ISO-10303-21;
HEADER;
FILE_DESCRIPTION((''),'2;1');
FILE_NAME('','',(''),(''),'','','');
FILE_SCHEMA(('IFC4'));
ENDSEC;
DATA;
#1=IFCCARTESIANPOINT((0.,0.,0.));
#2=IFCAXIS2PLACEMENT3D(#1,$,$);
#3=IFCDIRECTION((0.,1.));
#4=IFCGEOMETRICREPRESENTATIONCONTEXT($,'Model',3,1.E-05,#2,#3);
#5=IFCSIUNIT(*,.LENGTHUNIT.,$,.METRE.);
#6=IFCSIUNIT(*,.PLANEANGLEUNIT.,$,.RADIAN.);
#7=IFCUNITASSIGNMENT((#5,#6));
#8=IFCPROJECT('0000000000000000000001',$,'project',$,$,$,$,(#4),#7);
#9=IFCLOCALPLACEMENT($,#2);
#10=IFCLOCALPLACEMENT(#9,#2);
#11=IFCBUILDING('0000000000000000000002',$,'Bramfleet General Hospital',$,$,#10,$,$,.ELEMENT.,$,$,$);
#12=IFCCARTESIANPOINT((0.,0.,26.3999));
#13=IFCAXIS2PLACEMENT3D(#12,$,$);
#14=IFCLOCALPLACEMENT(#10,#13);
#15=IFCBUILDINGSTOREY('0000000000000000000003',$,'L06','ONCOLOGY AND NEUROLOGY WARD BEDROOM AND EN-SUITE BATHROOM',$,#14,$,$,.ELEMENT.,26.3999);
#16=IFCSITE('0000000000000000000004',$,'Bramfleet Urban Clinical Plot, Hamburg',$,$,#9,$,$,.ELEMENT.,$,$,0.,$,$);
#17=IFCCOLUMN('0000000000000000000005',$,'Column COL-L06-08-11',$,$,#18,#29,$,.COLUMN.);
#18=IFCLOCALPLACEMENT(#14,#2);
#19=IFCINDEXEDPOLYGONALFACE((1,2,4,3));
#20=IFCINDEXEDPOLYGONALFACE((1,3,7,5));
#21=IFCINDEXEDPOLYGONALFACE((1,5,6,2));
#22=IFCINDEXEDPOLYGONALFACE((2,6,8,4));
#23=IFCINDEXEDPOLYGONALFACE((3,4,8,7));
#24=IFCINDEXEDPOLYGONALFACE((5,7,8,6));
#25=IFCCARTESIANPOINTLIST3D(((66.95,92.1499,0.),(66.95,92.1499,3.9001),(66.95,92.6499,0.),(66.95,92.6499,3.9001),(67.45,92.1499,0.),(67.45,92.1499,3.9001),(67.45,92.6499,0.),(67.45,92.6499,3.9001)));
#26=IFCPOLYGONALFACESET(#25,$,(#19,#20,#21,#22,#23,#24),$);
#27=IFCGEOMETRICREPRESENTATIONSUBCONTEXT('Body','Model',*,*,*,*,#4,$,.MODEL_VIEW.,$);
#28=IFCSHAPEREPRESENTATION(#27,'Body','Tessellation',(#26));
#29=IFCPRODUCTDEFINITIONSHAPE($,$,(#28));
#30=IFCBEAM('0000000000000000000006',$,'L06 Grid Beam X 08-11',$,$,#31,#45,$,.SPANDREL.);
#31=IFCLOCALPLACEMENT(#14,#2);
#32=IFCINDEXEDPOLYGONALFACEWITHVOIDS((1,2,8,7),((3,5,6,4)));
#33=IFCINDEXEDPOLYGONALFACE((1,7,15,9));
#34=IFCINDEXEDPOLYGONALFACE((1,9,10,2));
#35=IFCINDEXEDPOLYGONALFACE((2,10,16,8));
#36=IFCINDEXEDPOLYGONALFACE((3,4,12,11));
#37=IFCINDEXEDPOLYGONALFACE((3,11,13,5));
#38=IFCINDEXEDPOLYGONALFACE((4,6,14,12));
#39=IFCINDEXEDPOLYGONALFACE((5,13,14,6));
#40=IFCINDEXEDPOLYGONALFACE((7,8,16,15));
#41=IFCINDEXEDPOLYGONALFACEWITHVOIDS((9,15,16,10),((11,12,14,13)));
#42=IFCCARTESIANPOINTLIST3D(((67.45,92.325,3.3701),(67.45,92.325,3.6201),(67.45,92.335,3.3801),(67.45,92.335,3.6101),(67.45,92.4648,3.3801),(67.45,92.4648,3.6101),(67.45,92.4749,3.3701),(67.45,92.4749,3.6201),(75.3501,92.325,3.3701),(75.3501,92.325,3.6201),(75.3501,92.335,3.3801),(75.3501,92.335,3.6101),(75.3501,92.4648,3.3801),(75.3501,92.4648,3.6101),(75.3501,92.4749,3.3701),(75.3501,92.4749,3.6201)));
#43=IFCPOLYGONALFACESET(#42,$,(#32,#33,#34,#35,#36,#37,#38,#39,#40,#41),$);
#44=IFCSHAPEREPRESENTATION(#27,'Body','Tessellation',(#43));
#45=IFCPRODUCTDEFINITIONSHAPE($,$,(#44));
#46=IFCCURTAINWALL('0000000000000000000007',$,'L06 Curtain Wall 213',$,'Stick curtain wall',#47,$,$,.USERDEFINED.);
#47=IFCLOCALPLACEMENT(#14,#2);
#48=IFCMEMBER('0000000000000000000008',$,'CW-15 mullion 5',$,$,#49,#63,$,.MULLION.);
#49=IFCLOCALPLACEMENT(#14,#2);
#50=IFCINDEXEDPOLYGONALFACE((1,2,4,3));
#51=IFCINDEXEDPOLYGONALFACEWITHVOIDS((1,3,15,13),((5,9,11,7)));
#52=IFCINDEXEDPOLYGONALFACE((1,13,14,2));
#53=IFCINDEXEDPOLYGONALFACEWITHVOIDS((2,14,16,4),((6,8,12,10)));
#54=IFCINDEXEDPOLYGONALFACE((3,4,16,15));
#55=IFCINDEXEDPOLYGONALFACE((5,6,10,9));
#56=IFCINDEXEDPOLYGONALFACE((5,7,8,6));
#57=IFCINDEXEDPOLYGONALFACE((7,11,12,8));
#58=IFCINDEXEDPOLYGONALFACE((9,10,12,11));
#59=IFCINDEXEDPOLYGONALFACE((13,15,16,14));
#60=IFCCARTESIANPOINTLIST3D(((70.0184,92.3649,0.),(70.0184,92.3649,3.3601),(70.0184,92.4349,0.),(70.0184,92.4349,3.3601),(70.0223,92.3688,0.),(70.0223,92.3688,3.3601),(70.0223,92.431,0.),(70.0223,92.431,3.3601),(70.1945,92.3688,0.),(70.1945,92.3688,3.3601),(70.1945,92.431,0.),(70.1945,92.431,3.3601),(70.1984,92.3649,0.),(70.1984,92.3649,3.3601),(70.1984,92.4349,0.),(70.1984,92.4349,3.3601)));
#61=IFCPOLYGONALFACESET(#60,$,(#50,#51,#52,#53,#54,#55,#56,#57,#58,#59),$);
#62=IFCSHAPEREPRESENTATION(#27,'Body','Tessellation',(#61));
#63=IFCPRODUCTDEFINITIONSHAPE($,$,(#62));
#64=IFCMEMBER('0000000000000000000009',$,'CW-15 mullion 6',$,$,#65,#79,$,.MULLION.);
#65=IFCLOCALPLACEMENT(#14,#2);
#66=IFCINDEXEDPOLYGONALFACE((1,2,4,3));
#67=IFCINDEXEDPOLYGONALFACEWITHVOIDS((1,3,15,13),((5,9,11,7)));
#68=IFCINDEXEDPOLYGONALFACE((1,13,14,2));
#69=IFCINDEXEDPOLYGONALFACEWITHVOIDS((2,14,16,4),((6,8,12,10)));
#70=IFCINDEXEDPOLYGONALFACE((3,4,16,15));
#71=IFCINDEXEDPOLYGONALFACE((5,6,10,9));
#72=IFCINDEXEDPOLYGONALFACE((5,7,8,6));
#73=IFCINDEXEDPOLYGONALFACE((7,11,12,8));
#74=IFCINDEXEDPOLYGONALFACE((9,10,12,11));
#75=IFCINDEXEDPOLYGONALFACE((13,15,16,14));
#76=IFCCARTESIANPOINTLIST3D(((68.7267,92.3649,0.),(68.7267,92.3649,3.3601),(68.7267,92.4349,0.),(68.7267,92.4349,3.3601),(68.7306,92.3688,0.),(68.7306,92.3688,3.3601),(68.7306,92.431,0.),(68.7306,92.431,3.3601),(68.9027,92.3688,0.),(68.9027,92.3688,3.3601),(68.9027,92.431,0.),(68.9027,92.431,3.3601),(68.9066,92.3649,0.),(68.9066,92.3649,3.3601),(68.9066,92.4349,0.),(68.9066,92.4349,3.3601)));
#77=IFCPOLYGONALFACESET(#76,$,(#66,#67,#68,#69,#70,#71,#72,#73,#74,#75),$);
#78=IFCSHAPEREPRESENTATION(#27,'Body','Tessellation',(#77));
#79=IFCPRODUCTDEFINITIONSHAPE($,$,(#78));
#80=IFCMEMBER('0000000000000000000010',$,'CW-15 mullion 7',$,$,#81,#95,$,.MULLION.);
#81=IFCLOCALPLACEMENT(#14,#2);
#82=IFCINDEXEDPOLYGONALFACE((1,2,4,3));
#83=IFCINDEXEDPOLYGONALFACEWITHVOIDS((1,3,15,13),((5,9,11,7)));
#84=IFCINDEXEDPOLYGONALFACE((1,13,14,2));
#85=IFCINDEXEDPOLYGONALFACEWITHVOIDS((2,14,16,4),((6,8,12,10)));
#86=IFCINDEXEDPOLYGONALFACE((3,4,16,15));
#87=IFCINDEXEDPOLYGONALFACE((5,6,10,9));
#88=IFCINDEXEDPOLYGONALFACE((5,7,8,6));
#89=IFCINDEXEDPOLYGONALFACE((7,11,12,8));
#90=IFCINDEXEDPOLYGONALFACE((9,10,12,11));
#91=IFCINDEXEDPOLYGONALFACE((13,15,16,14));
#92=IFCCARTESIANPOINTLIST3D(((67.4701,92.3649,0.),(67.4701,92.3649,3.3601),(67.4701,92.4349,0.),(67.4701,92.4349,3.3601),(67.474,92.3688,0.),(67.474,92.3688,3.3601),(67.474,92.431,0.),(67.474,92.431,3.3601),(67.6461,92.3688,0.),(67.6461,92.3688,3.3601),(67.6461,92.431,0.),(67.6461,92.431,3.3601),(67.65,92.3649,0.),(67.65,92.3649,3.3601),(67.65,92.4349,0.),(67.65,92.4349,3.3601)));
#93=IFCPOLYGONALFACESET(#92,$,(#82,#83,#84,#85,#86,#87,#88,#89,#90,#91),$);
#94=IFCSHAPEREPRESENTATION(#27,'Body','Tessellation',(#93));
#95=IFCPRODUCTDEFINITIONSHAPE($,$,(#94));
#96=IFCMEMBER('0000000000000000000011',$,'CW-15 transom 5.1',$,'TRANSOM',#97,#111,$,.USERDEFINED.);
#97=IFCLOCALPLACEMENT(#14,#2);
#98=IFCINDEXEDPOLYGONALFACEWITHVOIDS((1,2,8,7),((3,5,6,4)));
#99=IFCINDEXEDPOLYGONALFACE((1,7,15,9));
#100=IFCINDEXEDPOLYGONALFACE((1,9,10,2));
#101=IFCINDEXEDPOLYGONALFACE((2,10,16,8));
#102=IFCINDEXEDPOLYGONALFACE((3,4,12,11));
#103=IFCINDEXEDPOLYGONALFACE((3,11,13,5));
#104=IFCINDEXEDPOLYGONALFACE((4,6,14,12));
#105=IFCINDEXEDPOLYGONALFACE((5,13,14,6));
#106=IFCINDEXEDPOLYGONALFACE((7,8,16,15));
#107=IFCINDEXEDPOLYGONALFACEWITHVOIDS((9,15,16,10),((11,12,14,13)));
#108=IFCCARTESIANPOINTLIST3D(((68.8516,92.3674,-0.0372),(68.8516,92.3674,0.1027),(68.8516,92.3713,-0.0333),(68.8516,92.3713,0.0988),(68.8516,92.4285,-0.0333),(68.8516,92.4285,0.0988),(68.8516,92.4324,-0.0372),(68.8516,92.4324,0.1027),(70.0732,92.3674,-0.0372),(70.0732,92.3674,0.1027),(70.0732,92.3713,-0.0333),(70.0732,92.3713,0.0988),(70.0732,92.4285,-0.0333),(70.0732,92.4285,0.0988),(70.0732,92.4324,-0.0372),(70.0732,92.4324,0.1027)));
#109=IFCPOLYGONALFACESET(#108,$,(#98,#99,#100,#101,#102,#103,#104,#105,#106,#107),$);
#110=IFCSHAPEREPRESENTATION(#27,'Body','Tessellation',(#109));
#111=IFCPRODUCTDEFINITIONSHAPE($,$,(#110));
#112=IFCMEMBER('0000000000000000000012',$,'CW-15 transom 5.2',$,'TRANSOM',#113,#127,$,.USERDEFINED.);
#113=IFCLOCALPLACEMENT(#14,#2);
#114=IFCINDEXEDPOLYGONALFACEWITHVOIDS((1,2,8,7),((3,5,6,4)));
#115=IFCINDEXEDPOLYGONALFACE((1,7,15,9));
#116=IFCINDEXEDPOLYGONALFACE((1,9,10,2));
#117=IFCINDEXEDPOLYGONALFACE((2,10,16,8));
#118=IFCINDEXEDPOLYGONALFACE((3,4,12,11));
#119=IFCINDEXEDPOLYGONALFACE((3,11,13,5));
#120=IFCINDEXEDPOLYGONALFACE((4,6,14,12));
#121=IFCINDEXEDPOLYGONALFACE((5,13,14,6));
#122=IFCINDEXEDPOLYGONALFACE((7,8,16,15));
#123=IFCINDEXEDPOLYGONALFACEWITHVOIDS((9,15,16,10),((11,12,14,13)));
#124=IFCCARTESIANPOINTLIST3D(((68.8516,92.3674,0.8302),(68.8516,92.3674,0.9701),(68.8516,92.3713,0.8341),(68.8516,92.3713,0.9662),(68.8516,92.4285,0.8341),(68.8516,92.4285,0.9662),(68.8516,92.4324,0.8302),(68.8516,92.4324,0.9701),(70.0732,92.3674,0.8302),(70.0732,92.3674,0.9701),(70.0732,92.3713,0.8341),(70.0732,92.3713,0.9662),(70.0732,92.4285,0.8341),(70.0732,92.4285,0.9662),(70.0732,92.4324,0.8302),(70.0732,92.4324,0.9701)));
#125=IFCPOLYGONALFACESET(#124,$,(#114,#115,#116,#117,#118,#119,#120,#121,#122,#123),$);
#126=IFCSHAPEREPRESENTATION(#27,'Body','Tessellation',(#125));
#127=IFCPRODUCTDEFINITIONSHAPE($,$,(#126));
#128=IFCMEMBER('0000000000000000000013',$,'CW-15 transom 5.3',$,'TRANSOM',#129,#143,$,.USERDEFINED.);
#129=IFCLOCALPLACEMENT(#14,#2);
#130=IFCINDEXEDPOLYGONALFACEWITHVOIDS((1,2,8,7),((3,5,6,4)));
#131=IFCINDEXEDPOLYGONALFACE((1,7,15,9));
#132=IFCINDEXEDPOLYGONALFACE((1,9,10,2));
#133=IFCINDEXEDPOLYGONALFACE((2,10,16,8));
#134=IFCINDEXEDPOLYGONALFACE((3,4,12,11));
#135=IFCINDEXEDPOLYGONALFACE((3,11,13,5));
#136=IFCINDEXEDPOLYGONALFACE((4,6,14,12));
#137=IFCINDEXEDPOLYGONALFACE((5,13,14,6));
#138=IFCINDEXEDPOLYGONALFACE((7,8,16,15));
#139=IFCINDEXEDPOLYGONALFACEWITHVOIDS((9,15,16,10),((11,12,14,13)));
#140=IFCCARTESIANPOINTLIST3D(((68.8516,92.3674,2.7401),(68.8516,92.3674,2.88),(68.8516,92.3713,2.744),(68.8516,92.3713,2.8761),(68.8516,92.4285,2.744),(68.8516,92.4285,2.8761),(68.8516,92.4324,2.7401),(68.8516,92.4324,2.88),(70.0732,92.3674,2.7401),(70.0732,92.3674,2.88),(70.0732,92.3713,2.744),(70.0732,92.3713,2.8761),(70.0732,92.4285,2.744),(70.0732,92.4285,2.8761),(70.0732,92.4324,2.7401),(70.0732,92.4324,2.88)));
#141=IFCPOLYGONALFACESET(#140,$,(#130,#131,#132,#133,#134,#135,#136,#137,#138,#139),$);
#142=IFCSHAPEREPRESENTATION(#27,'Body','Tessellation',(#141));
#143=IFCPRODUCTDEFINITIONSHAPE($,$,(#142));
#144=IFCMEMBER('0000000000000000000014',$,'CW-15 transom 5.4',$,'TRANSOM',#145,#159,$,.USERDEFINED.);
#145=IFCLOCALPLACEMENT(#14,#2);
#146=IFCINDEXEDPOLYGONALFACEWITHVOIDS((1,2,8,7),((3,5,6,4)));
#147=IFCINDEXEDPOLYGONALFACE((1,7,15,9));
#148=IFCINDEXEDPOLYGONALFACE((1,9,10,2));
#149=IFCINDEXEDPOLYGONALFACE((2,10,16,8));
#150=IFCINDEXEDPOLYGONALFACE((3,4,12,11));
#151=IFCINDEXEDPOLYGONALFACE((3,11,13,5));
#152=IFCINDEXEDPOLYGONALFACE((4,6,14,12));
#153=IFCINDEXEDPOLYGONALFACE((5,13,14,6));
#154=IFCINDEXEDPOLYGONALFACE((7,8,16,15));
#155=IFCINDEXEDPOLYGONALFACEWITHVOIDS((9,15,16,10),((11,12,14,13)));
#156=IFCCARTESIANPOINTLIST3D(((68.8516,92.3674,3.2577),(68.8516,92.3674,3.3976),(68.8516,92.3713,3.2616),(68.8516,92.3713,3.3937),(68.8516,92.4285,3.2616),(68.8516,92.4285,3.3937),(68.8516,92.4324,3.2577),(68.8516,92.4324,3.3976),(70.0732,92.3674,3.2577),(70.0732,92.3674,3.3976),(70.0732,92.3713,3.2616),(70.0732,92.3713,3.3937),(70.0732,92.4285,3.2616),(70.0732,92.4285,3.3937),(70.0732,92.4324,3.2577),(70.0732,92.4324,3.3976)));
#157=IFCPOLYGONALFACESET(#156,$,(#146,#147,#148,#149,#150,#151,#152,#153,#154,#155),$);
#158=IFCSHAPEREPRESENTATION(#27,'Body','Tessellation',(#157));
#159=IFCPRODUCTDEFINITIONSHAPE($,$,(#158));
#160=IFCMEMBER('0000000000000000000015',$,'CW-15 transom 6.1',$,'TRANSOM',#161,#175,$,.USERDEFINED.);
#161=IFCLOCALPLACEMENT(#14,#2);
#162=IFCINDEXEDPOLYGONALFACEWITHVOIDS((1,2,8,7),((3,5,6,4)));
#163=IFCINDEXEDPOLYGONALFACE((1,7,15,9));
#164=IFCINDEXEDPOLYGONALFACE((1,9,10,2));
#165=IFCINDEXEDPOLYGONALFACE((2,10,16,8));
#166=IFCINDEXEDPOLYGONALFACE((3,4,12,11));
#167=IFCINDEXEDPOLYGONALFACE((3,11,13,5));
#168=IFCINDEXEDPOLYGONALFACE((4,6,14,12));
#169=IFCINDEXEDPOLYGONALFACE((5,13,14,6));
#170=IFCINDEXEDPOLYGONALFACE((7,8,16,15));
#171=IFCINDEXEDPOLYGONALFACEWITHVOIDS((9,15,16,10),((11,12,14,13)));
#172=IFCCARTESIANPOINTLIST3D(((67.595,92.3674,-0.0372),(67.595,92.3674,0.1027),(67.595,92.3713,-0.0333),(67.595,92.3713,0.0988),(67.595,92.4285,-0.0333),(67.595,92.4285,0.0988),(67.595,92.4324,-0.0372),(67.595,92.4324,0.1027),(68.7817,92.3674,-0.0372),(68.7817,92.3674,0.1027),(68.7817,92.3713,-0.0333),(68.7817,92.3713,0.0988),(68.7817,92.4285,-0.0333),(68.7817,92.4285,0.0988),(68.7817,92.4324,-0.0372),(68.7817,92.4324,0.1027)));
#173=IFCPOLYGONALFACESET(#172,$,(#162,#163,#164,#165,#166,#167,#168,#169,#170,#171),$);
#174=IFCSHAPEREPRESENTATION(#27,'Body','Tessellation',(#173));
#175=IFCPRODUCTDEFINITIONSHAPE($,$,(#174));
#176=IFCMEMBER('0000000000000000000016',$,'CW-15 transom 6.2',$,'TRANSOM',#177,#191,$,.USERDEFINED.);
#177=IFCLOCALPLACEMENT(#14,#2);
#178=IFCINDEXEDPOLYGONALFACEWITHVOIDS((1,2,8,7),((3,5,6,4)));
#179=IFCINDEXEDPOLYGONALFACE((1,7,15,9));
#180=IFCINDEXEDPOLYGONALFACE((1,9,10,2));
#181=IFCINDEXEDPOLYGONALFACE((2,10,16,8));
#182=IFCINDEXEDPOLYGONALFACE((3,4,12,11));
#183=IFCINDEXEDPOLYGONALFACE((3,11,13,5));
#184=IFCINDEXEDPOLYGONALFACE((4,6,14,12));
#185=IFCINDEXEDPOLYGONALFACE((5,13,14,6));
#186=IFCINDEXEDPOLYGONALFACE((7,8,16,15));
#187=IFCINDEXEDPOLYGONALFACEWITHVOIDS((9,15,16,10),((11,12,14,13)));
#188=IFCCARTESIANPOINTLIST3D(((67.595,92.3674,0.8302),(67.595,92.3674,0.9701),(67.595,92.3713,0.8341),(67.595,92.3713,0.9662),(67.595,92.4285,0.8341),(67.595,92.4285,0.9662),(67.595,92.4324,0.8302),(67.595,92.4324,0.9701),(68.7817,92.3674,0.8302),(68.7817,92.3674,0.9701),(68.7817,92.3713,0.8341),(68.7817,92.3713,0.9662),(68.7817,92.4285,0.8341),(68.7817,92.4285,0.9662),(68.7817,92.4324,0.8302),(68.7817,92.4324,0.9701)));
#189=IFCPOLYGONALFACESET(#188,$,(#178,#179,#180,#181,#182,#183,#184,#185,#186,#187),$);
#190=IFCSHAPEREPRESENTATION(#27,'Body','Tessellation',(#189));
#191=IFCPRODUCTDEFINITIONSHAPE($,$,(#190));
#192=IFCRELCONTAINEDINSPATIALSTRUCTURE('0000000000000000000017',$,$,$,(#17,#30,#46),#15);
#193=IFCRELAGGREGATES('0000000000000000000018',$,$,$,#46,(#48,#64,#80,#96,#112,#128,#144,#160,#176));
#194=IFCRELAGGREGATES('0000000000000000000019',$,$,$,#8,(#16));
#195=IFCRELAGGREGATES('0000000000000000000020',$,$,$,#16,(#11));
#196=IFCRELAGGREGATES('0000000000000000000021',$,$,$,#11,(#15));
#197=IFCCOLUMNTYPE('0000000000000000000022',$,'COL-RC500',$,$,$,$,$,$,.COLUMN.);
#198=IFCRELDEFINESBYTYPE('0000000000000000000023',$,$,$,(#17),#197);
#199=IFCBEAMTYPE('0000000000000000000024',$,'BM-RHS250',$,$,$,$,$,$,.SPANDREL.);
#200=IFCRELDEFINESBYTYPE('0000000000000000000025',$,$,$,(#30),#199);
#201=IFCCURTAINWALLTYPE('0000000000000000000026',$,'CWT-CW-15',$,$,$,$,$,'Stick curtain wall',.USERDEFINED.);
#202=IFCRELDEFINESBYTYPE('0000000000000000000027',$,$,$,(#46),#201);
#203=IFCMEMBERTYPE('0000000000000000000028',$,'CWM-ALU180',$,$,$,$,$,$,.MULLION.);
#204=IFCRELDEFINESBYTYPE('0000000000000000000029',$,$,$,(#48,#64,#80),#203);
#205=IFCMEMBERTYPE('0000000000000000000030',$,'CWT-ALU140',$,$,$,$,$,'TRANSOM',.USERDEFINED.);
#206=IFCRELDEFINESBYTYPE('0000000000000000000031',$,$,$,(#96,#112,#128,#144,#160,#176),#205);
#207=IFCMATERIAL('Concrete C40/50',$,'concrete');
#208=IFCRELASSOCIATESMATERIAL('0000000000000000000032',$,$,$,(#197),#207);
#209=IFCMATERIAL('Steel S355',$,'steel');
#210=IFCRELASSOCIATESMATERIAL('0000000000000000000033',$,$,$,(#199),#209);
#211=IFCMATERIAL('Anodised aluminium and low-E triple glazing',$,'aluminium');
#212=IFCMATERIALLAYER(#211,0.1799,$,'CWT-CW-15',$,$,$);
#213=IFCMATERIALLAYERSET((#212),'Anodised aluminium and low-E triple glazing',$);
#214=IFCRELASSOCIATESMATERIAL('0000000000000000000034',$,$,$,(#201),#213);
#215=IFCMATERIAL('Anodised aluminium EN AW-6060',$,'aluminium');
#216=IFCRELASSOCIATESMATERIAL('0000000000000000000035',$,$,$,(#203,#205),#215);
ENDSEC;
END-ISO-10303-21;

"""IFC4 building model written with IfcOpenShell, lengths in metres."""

from ifc_helpers import new_model, si_unit, direction, frame, origin, origin_2d, place, context, subcontext, project, spatial, rectangle, hollow_rectangle, extrude, material, layer, layer_set, material_profile, profile_set, type_object, element, aggregate, save


model = new_model("IFC4")

# Units and contexts
model_context = context("Model", 3, precision=1e-05, world=origin(), true_north=direction((0.0, 1.0)))
body_context = subcontext(model_context, "Body", "Model", "MODEL_VIEW")
ifc_project = project(units=[si_unit("LENGTHUNIT", "METRE"), si_unit("PLANEANGLEUNIT", "RADIAN")], contexts=[model_context])

# Site, building, storey
site_placement = place(None, origin())
site = spatial("IfcSite", under=ifc_project, at=site_placement, Name="Bramfleet Urban Clinical Plot, Hamburg", CompositionType="ELEMENT", RefElevation=0.0)
building_placement = place(site_placement, origin())
building = spatial("IfcBuilding", under=site, at=building_placement, Name="Bramfleet General Hospital", CompositionType="ELEMENT")
storey_placement = place(building_placement, frame((0.0, 0.0, 26.3999)))
storey = spatial("IfcBuildingStorey", under=building, at=storey_placement, Name="L06", Description="ONCOLOGY AND NEUROLOGY WARD BEDROOM AND EN-SUITE BATHROOM", CompositionType="ELEMENT", Elevation=26.3999)

# Column
ifc_material_1 = material(Name="Concrete C40/50", Category="concrete")
ifc_material_profile_1 = material_profile(ifc_material_1, rectangle(XDim=0.5, YDim=0.5, at=origin_2d()), Name="RC COL 500x500")
ifc_profile_set_1 = profile_set([ifc_material_profile_1], Name="Concrete C40/50")
column_type = type_object("IfcColumnType", Name="COL-RC500", PredefinedType="COLUMN", material=ifc_profile_set_1)
column_placement = place(storey_placement, frame((67.2, 92.3999, 0.0), z_axis=(0.0, 0.0, 1.0), x_axis=(1.0, 0.0, 0.0)))
element("IfcColumn", 1, at=column_placement, inside=storey, type_object=column_type, Name="Column COL-L06-08-11", PredefinedType="COLUMN", context=body_context, shape_type="SweptSolid", body=[
    extrude(rectangle(XDim=0.5, YDim=0.5, at=origin_2d()), origin(), (0.0, 0.0, 1.0), 3.9001),
])

# Beam
ifc_material_2 = material(Name="Steel S355", Category="steel")
ifc_material_profile_2 = material_profile(ifc_material_2, hollow_rectangle(XDim=0.1499, YDim=0.25, WallThickness=0.01, at=origin_2d()), Name="RHS 250x150x10.0")
ifc_profile_set_2 = profile_set([ifc_material_profile_2], Name="Steel S355")
beam_type = type_object("IfcBeamType", Name="BM-RHS250", PredefinedType="SPANDREL", material=ifc_profile_set_2)
beam_placement = place(storey_placement, frame((67.45, 92.3999, 3.4951), z_axis=(1.0, 0.0, 0.0), x_axis=(0.0, 1.0, 0.0)))
element("IfcBeam", 2, at=beam_placement, inside=storey, type_object=beam_type, Name="L06 Grid Beam X 08-11", PredefinedType="SPANDREL", context=body_context, shape_type="SweptSolid", body=[
    extrude(hollow_rectangle(XDim=0.1499, YDim=0.25, WallThickness=0.01, at=origin_2d()), origin(), (0.0, 0.0, 1.0), 7.9001),
])

# Curtain wall, members
ifc_material_3 = material(Name="Anodised aluminium and low-E triple glazing", Category="aluminium")
ifc_layer_1 = layer(ifc_material_3, 0.1799, Name="CWT-CW-15")
ifc_layer_set_1 = layer_set([ifc_layer_1], Name="Anodised aluminium and low-E triple glazing")
curtain_wall_type = type_object("IfcCurtainWallType", Name="CWT-CW-15", ElementType="Stick curtain wall", PredefinedType="USERDEFINED", material=ifc_layer_set_1)
curtain_wall_placement = place(storey_placement, origin())
curtain_wall = element("IfcCurtainWall", 3, at=curtain_wall_placement, inside=storey, type_object=curtain_wall_type, Name="L06 Curtain Wall 213", ObjectType="Stick curtain wall", PredefinedType="USERDEFINED")
ifc_material_4 = material(Name="Anodised aluminium EN AW-6060", Category="aluminium")
ifc_material_profile_3 = material_profile(ifc_material_4, hollow_rectangle(XDim=0.0701, YDim=0.1799, WallThickness=0.0039, at=origin_2d()), Name="ALU 180x70x4.0")
ifc_profile_set_3 = profile_set([ifc_material_profile_3], Name="Anodised aluminium EN AW-6060")
member_type_1 = type_object("IfcMemberType", Name="CWM-ALU180", PredefinedType="MULLION", material=ifc_profile_set_3)
member_1_placement = place(storey_placement, frame((70.1084, 92.3999, 0.0), z_axis=(0.0, 0.0, 1.0), x_axis=(0.0, -1.0, 0.0)))
member_1 = element("IfcMember", 4, at=member_1_placement, type_object=member_type_1, Name="CW-15 mullion 5", PredefinedType="MULLION", context=body_context, shape_type="SweptSolid", body=[
    extrude(hollow_rectangle(XDim=0.0701, YDim=0.1799, WallThickness=0.0039, at=origin_2d()), origin(), (0.0, 0.0, 1.0), 3.3601),
])
member_2_placement = place(storey_placement, frame((68.8167, 92.3999, 0.0), z_axis=(0.0, 0.0, 1.0), x_axis=(0.0, -1.0, 0.0)))
member_2 = element("IfcMember", 5, at=member_2_placement, type_object=member_type_1, Name="CW-15 mullion 6", PredefinedType="MULLION", context=body_context, shape_type="SweptSolid", body=[
    extrude(hollow_rectangle(XDim=0.0701, YDim=0.1799, WallThickness=0.0039, at=origin_2d()), origin(), (0.0, 0.0, 1.0), 3.3601),
])
member_3_placement = place(storey_placement, frame((67.5601, 92.3999, 0.0), z_axis=(0.0, 0.0, 1.0), x_axis=(0.0, -1.0, 0.0)))
member_3 = element("IfcMember", 6, at=member_3_placement, type_object=member_type_1, Name="CW-15 mullion 7", PredefinedType="MULLION", context=body_context, shape_type="SweptSolid", body=[
    extrude(hollow_rectangle(XDim=0.0701, YDim=0.1799, WallThickness=0.0039, at=origin_2d()), origin(), (0.0, 0.0, 1.0), 3.3601),
])
ifc_material_profile_4 = material_profile(ifc_material_4, hollow_rectangle(XDim=0.0649, YDim=0.1399, WallThickness=0.0039, at=origin_2d()), Name="ALU 140x65x4.0")
ifc_profile_set_4 = profile_set([ifc_material_profile_4], Name="Anodised aluminium EN AW-6060")
member_type_2 = type_object("IfcMemberType", Name="CWT-ALU140", ElementType="TRANSOM", PredefinedType="USERDEFINED", material=ifc_profile_set_4)
member_4_placement = place(storey_placement, frame((70.0732, 92.3999, 0.0327), z_axis=(-1.0, 0.0, 0.0), x_axis=(0.0, -1.0, 0.0)))
member_4 = element("IfcMember", 7, at=member_4_placement, type_object=member_type_2, Name="CW-15 transom 5.1", ObjectType="TRANSOM", PredefinedType="USERDEFINED", context=body_context, shape_type="SweptSolid", body=[
    extrude(hollow_rectangle(XDim=0.0649, YDim=0.1399, WallThickness=0.0039, at=origin_2d()), origin(), (0.0, 0.0, 1.0), 1.2217),
])
member_5_placement = place(storey_placement, frame((70.0732, 92.3999, 0.9001), z_axis=(-1.0, 0.0, 0.0), x_axis=(0.0, -1.0, 0.0)))
member_5 = element("IfcMember", 8, at=member_5_placement, type_object=member_type_2, Name="CW-15 transom 5.2", ObjectType="TRANSOM", PredefinedType="USERDEFINED", context=body_context, shape_type="SweptSolid", body=[
    extrude(hollow_rectangle(XDim=0.0649, YDim=0.1399, WallThickness=0.0039, at=origin_2d()), origin(), (0.0, 0.0, 1.0), 1.2217),
])
member_6_placement = place(storey_placement, frame((70.0732, 92.3999, 2.8101), z_axis=(-1.0, 0.0, 0.0), x_axis=(0.0, -1.0, 0.0)))
member_6 = element("IfcMember", 9, at=member_6_placement, type_object=member_type_2, Name="CW-15 transom 5.3", ObjectType="TRANSOM", PredefinedType="USERDEFINED", context=body_context, shape_type="SweptSolid", body=[
    extrude(hollow_rectangle(XDim=0.0649, YDim=0.1399, WallThickness=0.0039, at=origin_2d()), origin(), (0.0, 0.0, 1.0), 1.2217),
])
member_7_placement = place(storey_placement, frame((70.0732, 92.3999, 3.3276), z_axis=(-1.0, 0.0, 0.0), x_axis=(0.0, -1.0, 0.0)))
member_7 = element("IfcMember", 10, at=member_7_placement, type_object=member_type_2, Name="CW-15 transom 5.4", ObjectType="TRANSOM", PredefinedType="USERDEFINED", context=body_context, shape_type="SweptSolid", body=[
    extrude(hollow_rectangle(XDim=0.0649, YDim=0.1399, WallThickness=0.0039, at=origin_2d()), origin(), (0.0, 0.0, 1.0), 1.2217),
])
member_8_placement = place(storey_placement, frame((68.7817, 92.3999, 0.0327), z_axis=(-1.0, 0.0, 0.0), x_axis=(0.0, -1.0, 0.0)))
member_8 = element("IfcMember", 11, at=member_8_placement, type_object=member_type_2, Name="CW-15 transom 6.1", ObjectType="TRANSOM", PredefinedType="USERDEFINED", context=body_context, shape_type="SweptSolid", body=[
    extrude(hollow_rectangle(XDim=0.0649, YDim=0.1399, WallThickness=0.0039, at=origin_2d()), origin(), (0.0, 0.0, 1.0), 1.1868),
])
member_9_placement = place(storey_placement, frame((68.7817, 92.3999, 0.9001), z_axis=(-1.0, 0.0, 0.0), x_axis=(0.0, -1.0, 0.0)))
member_9 = element("IfcMember", 12, at=member_9_placement, type_object=member_type_2, Name="CW-15 transom 6.2", ObjectType="TRANSOM", PredefinedType="USERDEFINED", context=body_context, shape_type="SweptSolid", body=[
    extrude(hollow_rectangle(XDim=0.0649, YDim=0.1399, WallThickness=0.0039, at=origin_2d()), origin(), (0.0, 0.0, 1.0), 1.1868),
])
aggregate(curtain_wall, [member_1, member_2, member_3, member_4, member_5, member_6, member_7, member_8, member_9])

save(model, "model.ifc")
